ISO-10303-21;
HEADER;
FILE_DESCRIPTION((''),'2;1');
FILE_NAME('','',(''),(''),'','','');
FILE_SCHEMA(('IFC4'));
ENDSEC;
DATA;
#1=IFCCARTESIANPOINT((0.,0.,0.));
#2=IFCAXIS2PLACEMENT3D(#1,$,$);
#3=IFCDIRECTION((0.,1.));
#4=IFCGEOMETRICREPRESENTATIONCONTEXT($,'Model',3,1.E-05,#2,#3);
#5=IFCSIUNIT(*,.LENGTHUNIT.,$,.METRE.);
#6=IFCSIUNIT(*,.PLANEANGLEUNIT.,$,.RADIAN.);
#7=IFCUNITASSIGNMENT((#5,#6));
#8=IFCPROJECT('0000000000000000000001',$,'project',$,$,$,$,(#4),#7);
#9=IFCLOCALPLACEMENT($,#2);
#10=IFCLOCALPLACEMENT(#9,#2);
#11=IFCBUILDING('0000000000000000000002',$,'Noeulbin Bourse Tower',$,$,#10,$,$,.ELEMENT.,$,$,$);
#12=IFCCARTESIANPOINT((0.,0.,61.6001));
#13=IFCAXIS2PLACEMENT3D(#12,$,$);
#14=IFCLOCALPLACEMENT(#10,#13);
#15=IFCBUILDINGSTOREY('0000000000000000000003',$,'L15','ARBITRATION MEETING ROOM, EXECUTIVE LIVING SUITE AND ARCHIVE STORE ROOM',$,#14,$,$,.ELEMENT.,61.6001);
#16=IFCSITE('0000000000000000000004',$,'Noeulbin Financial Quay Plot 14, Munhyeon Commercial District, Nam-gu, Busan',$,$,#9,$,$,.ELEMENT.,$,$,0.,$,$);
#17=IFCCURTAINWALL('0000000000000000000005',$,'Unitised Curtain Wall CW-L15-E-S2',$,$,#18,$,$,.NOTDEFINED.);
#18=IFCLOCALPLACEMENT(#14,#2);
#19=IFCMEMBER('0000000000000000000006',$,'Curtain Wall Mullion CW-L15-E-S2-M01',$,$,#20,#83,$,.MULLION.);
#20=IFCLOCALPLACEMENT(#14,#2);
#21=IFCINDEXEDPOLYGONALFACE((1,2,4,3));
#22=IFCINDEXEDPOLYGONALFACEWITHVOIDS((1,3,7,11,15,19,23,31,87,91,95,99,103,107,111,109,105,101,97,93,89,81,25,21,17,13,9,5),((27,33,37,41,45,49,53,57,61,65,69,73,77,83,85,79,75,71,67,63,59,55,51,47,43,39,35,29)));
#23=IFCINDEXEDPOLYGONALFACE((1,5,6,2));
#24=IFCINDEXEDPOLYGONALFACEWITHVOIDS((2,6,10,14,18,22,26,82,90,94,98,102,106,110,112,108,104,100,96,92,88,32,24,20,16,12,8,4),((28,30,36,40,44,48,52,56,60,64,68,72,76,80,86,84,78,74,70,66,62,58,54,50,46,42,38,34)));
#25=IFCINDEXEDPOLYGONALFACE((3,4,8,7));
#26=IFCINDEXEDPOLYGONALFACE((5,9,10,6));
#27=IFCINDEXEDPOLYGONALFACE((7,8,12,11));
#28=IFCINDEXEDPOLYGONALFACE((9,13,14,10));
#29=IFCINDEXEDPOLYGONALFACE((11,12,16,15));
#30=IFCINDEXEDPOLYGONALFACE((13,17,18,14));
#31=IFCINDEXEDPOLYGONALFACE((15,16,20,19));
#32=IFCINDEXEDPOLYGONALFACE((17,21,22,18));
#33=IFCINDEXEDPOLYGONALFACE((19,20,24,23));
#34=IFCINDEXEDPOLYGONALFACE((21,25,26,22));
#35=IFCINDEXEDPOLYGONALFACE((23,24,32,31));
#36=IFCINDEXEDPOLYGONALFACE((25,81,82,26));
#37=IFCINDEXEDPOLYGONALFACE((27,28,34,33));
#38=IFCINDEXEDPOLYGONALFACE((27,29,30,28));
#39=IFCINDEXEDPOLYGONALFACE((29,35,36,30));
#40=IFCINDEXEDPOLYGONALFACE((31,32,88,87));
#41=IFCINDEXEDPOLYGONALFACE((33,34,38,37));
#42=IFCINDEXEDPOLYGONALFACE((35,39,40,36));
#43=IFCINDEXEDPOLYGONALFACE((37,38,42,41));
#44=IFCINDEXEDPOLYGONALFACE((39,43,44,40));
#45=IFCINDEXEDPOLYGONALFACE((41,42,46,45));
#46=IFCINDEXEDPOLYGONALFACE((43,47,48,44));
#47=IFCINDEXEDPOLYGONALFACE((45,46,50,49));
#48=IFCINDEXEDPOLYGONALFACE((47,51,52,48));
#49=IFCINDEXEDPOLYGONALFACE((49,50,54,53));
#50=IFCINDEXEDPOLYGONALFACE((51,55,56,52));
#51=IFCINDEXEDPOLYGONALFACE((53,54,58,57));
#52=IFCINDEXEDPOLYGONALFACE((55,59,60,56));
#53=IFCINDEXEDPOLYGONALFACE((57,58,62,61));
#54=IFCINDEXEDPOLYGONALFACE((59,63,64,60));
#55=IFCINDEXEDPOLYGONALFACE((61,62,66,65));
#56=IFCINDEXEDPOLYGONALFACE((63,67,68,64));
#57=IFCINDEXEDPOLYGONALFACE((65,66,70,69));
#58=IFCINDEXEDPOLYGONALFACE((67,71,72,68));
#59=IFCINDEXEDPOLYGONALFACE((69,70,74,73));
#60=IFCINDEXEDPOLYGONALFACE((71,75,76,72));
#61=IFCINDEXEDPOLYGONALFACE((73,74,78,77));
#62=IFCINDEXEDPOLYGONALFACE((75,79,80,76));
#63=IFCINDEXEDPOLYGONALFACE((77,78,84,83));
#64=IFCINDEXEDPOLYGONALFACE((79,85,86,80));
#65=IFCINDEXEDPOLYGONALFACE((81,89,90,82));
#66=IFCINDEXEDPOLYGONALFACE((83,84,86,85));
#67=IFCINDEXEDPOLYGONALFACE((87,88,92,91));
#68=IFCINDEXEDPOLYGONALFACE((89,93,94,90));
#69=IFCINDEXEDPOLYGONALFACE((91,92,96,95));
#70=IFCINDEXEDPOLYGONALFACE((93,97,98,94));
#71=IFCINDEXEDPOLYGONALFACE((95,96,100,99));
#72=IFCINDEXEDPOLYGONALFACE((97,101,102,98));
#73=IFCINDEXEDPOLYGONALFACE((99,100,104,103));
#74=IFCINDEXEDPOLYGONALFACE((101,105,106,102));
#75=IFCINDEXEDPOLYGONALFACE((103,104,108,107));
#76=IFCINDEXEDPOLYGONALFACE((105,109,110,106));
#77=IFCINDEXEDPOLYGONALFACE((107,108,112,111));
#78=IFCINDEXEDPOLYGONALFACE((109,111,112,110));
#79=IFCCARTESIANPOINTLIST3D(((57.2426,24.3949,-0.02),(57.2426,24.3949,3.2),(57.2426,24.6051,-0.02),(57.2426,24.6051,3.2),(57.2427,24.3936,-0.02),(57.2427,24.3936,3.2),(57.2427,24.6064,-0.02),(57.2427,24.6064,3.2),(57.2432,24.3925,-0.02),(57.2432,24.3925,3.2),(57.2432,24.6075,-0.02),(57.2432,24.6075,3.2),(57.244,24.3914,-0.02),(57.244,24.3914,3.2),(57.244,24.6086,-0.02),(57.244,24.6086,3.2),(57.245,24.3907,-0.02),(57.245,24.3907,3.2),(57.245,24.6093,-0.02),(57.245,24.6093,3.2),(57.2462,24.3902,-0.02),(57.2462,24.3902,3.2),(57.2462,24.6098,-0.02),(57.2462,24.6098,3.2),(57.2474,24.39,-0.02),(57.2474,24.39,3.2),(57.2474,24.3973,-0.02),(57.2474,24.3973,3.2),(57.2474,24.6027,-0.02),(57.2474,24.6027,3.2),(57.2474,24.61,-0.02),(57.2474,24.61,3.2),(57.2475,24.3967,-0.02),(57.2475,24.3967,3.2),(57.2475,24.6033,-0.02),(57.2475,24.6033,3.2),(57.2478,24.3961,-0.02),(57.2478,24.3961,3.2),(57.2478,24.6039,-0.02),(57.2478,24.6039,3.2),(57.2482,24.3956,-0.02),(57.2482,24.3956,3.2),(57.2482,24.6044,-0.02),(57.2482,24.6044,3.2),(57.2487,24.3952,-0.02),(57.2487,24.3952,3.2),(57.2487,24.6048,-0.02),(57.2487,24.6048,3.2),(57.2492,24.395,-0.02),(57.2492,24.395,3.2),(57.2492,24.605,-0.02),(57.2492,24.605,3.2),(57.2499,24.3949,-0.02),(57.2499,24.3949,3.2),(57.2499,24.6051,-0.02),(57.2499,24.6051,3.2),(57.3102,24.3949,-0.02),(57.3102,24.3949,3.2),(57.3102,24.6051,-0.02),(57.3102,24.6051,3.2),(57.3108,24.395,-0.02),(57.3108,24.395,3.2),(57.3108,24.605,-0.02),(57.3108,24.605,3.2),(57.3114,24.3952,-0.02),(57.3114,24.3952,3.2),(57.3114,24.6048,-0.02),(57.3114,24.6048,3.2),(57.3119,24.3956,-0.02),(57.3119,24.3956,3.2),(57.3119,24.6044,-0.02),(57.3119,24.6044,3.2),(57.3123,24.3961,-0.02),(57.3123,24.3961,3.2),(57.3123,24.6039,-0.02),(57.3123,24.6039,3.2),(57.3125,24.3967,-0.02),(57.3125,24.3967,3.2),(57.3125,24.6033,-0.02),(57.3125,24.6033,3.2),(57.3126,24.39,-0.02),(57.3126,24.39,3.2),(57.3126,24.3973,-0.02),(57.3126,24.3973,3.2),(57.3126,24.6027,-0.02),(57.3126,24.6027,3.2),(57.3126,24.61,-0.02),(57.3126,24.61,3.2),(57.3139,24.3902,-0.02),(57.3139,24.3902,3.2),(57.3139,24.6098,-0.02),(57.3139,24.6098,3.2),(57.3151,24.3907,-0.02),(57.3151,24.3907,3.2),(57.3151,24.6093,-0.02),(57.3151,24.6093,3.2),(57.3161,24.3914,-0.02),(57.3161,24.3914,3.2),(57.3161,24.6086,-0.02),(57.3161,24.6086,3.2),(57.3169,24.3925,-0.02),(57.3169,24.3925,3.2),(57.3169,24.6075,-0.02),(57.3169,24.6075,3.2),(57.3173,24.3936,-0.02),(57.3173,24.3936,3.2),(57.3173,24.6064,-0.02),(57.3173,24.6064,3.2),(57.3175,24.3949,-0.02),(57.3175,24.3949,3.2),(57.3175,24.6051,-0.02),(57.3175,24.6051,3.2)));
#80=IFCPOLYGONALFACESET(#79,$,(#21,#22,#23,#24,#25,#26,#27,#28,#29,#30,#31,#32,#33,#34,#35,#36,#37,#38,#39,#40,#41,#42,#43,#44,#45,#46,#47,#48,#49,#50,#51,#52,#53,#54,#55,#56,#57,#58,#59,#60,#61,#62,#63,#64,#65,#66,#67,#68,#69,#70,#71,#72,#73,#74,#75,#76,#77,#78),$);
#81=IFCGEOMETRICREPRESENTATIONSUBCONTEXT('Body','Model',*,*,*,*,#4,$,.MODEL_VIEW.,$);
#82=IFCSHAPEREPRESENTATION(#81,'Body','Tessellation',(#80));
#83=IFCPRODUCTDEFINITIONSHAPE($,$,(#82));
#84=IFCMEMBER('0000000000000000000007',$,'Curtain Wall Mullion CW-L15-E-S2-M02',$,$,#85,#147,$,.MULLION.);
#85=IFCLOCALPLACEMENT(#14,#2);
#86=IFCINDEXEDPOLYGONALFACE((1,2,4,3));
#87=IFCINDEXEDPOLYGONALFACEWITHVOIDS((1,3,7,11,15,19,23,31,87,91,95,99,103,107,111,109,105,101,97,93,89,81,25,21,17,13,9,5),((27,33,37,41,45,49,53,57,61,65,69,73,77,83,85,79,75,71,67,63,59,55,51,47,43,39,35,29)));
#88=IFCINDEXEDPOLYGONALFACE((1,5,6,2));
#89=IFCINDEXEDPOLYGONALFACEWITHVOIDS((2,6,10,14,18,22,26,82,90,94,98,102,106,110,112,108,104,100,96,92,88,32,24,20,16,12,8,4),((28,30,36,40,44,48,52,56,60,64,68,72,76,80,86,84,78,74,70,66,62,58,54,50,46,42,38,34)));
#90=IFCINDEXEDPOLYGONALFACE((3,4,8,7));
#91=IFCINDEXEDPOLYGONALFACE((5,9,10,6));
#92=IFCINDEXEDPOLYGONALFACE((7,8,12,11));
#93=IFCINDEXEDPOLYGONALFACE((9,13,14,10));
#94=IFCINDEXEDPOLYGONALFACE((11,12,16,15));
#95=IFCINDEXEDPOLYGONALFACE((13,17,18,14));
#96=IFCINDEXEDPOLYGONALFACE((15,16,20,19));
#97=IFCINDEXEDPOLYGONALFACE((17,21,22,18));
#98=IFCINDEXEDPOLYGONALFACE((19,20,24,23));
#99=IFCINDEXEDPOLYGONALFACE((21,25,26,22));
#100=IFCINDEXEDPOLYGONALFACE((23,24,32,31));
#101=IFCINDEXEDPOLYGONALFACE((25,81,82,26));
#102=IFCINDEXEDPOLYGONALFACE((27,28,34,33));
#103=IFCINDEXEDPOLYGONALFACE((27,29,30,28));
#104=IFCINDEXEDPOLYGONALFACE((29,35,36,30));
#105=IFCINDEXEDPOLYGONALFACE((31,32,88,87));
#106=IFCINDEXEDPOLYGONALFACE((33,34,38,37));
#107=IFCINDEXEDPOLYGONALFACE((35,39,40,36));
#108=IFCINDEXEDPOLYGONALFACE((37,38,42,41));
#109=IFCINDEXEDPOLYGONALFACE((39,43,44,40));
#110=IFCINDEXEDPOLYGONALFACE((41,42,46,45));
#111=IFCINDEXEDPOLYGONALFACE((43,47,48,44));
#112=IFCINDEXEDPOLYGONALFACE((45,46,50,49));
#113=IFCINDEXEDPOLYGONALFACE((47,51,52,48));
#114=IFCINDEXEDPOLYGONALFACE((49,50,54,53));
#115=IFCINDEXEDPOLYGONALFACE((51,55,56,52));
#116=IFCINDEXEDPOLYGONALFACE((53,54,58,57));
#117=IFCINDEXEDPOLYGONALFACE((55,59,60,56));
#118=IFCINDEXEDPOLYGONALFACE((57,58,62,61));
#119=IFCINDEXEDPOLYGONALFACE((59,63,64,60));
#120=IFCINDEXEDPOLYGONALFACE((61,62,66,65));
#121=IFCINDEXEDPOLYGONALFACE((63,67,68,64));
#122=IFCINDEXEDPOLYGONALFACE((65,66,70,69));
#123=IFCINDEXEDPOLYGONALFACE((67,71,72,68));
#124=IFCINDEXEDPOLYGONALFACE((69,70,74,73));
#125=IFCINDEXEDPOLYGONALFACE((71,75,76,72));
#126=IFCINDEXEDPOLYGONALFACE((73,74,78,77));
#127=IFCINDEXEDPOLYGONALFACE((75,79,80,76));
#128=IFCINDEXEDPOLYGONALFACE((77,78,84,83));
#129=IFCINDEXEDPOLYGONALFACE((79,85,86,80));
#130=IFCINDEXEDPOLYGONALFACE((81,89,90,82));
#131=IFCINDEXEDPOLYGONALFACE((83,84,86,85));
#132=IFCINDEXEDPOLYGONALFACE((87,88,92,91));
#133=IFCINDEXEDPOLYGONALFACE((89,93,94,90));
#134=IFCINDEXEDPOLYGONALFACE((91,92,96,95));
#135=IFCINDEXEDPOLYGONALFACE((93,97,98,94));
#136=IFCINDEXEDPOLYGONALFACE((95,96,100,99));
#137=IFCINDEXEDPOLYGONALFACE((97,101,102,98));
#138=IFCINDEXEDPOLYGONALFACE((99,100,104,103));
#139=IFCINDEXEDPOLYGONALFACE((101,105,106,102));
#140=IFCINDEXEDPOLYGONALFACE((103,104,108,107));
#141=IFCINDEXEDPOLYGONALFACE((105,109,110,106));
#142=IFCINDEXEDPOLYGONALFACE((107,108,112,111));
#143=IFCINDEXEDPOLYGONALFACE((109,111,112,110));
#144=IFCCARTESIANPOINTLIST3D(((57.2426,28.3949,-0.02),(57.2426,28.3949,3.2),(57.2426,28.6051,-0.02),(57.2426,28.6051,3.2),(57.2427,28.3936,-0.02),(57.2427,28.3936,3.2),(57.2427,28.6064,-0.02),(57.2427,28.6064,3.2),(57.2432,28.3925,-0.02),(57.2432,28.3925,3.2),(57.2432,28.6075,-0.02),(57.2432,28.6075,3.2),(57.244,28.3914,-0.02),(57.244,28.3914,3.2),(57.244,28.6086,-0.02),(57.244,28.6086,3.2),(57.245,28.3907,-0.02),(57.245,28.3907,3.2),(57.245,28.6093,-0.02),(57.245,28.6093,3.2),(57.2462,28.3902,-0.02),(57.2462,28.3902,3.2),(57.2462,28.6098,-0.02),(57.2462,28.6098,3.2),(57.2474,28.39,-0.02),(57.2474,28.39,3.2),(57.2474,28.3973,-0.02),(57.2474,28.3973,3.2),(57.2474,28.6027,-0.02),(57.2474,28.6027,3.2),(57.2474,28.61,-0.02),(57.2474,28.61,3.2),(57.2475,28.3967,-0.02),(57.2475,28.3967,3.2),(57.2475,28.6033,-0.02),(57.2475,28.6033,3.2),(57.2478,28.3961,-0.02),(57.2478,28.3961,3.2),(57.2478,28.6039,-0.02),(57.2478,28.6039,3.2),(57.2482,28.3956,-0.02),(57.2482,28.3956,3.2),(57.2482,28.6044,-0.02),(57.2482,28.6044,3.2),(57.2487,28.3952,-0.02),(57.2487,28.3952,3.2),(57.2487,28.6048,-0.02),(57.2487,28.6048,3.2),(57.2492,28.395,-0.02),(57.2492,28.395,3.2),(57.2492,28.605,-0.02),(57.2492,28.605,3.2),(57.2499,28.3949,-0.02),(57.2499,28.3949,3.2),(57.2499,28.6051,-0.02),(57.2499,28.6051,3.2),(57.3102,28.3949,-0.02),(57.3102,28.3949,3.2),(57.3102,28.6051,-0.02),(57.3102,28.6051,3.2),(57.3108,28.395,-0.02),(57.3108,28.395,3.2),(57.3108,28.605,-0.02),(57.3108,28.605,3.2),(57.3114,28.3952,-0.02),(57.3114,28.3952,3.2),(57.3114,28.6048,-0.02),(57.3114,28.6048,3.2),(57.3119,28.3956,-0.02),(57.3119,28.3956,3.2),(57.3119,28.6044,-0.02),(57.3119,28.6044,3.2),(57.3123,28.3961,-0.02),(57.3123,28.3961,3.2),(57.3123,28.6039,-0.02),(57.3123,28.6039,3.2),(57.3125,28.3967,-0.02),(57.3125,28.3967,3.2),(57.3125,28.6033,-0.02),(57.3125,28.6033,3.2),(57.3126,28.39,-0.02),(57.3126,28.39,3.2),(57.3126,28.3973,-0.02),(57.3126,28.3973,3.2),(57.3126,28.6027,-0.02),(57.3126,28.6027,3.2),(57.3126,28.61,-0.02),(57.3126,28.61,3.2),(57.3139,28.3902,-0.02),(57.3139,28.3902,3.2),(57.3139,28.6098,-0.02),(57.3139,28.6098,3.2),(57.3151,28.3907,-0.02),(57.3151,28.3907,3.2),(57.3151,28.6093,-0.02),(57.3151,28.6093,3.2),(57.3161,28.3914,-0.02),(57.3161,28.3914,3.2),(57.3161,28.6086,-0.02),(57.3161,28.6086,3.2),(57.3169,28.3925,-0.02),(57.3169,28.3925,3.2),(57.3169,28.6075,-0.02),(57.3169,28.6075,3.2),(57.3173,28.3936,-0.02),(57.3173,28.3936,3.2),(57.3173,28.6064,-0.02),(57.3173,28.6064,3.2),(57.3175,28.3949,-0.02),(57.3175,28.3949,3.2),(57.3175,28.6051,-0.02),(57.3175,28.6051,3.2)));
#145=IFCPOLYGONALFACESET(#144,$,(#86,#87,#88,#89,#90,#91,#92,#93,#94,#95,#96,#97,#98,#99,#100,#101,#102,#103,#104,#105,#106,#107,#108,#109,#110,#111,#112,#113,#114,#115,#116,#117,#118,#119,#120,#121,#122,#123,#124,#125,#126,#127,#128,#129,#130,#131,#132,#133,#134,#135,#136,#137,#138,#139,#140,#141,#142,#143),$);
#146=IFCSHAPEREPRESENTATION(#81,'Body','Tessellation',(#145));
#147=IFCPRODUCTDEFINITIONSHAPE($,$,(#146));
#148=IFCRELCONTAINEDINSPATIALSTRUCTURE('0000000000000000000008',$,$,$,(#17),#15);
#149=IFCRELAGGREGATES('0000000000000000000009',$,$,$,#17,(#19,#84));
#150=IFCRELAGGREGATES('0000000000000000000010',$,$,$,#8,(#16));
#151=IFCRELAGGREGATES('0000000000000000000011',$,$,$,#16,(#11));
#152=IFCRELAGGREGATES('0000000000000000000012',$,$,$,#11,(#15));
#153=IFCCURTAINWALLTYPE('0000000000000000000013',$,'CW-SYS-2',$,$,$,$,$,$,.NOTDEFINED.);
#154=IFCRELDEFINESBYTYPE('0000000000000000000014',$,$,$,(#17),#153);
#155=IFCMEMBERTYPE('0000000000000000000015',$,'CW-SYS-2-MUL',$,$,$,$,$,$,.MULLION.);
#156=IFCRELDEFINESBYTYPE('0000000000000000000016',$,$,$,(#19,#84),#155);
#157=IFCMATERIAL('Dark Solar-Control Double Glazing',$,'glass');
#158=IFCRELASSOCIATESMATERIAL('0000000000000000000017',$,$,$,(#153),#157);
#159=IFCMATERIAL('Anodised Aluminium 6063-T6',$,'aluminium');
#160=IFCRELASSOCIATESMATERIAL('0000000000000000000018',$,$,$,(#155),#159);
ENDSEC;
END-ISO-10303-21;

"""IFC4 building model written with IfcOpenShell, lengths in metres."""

from ifc_helpers import new_model, si_unit, direction, frame, origin, origin_2d, place, context, subcontext, project, spatial, hollow_rectangle, extrude, material, material_profile, profile_set, type_object, element, aggregate, save


model = new_model("IFC4")

# Units and contexts
model_context = context("Model", 3, precision=1e-05, world=origin(), true_north=direction((0.0, 1.0)))
body_context = subcontext(model_context, "Body", "Model", "MODEL_VIEW")
ifc_project = project(units=[si_unit("LENGTHUNIT", "METRE"), si_unit("PLANEANGLEUNIT", "RADIAN")], contexts=[model_context])

# Site, building, storey
site_placement = place(None, origin())
site = spatial("IfcSite", under=ifc_project, at=site_placement, Name="Noeulbin Financial Quay Plot 14, Munhyeon Commercial District, Nam-gu, Busan", CompositionType="ELEMENT", RefElevation=0.0)
building_placement = place(site_placement, origin())
building = spatial("IfcBuilding", under=site, at=building_placement, Name="Noeulbin Bourse Tower", CompositionType="ELEMENT")
storey_placement = place(building_placement, frame((0.0, 0.0, 61.6001)))
storey = spatial("IfcBuildingStorey", under=building, at=storey_placement, Name="L15", Description="ARBITRATION MEETING ROOM, EXECUTIVE LIVING SUITE AND ARCHIVE STORE ROOM", CompositionType="ELEMENT", Elevation=61.6001)

# Curtain wall, members
ifc_material_1 = material(Name="Dark Solar-Control Double Glazing", Category="glass")
curtain_wall_type = type_object("IfcCurtainWallType", Name="CW-SYS-2", PredefinedType="NOTDEFINED", material=ifc_material_1)
ifc_material_2 = material(Name="Anodised Aluminium 6063-T6", Category="aluminium")
ifc_material_profile_1 = material_profile(ifc_material_2, hollow_rectangle(XDim=0.075, YDim=0.22, WallThickness=0.0049, InnerFilletRadius=0.0024, OuterFilletRadius=0.0049, at=origin_2d()), Name="ALU-MULL-75x220x5", Category="LoadBearing")
ifc_profile_set_1 = profile_set([ifc_material_profile_1], Name="Anodised Aluminium 6063-T6")
member_type_1 = type_object("IfcMemberType", Name="CW-SYS-2-MUL", PredefinedType="MULLION", material=ifc_profile_set_1)
curtain_wall_1_placement = place(storey_placement, origin())
curtain_wall_1 = element("IfcCurtainWall", 1, at=curtain_wall_1_placement, inside=storey, type_object=curtain_wall_type, Name="Unitised Curtain Wall CW-L15-E-S2", PredefinedType="NOTDEFINED")
member_1_placement = place(storey_placement, frame((57.28, 24.5, -0.02), z_axis=(0.0, 0.0, 1.0), x_axis=(1.0, 0.0, 0.0)))
member_1 = element("IfcMember", 2, at=member_1_placement, type_object=member_type_1, Name="Curtain Wall Mullion CW-L15-E-S2-M01", PredefinedType="MULLION", context=body_context, shape_type="SweptSolid", body=[
    extrude(hollow_rectangle(XDim=0.075, YDim=0.22, WallThickness=0.0049, InnerFilletRadius=0.0024, OuterFilletRadius=0.0049, at=origin_2d()), origin(), (0.0, 0.0, 1.0), 3.22),
])
member_2_placement = place(storey_placement, frame((57.28, 28.5, -0.02), z_axis=(0.0, 0.0, 1.0), x_axis=(1.0, 0.0, 0.0)))
member_2 = element("IfcMember", 3, at=member_2_placement, type_object=member_type_1, Name="Curtain Wall Mullion CW-L15-E-S2-M02", PredefinedType="MULLION", context=body_context, shape_type="SweptSolid", body=[
    extrude(hollow_rectangle(XDim=0.075, YDim=0.22, WallThickness=0.0049, InnerFilletRadius=0.0024, OuterFilletRadius=0.0049, at=origin_2d()), origin(), (0.0, 0.0, 1.0), 3.22),
])

aggregate(curtain_wall_1, [member_1, member_2])

save(model, "model.ifc")
